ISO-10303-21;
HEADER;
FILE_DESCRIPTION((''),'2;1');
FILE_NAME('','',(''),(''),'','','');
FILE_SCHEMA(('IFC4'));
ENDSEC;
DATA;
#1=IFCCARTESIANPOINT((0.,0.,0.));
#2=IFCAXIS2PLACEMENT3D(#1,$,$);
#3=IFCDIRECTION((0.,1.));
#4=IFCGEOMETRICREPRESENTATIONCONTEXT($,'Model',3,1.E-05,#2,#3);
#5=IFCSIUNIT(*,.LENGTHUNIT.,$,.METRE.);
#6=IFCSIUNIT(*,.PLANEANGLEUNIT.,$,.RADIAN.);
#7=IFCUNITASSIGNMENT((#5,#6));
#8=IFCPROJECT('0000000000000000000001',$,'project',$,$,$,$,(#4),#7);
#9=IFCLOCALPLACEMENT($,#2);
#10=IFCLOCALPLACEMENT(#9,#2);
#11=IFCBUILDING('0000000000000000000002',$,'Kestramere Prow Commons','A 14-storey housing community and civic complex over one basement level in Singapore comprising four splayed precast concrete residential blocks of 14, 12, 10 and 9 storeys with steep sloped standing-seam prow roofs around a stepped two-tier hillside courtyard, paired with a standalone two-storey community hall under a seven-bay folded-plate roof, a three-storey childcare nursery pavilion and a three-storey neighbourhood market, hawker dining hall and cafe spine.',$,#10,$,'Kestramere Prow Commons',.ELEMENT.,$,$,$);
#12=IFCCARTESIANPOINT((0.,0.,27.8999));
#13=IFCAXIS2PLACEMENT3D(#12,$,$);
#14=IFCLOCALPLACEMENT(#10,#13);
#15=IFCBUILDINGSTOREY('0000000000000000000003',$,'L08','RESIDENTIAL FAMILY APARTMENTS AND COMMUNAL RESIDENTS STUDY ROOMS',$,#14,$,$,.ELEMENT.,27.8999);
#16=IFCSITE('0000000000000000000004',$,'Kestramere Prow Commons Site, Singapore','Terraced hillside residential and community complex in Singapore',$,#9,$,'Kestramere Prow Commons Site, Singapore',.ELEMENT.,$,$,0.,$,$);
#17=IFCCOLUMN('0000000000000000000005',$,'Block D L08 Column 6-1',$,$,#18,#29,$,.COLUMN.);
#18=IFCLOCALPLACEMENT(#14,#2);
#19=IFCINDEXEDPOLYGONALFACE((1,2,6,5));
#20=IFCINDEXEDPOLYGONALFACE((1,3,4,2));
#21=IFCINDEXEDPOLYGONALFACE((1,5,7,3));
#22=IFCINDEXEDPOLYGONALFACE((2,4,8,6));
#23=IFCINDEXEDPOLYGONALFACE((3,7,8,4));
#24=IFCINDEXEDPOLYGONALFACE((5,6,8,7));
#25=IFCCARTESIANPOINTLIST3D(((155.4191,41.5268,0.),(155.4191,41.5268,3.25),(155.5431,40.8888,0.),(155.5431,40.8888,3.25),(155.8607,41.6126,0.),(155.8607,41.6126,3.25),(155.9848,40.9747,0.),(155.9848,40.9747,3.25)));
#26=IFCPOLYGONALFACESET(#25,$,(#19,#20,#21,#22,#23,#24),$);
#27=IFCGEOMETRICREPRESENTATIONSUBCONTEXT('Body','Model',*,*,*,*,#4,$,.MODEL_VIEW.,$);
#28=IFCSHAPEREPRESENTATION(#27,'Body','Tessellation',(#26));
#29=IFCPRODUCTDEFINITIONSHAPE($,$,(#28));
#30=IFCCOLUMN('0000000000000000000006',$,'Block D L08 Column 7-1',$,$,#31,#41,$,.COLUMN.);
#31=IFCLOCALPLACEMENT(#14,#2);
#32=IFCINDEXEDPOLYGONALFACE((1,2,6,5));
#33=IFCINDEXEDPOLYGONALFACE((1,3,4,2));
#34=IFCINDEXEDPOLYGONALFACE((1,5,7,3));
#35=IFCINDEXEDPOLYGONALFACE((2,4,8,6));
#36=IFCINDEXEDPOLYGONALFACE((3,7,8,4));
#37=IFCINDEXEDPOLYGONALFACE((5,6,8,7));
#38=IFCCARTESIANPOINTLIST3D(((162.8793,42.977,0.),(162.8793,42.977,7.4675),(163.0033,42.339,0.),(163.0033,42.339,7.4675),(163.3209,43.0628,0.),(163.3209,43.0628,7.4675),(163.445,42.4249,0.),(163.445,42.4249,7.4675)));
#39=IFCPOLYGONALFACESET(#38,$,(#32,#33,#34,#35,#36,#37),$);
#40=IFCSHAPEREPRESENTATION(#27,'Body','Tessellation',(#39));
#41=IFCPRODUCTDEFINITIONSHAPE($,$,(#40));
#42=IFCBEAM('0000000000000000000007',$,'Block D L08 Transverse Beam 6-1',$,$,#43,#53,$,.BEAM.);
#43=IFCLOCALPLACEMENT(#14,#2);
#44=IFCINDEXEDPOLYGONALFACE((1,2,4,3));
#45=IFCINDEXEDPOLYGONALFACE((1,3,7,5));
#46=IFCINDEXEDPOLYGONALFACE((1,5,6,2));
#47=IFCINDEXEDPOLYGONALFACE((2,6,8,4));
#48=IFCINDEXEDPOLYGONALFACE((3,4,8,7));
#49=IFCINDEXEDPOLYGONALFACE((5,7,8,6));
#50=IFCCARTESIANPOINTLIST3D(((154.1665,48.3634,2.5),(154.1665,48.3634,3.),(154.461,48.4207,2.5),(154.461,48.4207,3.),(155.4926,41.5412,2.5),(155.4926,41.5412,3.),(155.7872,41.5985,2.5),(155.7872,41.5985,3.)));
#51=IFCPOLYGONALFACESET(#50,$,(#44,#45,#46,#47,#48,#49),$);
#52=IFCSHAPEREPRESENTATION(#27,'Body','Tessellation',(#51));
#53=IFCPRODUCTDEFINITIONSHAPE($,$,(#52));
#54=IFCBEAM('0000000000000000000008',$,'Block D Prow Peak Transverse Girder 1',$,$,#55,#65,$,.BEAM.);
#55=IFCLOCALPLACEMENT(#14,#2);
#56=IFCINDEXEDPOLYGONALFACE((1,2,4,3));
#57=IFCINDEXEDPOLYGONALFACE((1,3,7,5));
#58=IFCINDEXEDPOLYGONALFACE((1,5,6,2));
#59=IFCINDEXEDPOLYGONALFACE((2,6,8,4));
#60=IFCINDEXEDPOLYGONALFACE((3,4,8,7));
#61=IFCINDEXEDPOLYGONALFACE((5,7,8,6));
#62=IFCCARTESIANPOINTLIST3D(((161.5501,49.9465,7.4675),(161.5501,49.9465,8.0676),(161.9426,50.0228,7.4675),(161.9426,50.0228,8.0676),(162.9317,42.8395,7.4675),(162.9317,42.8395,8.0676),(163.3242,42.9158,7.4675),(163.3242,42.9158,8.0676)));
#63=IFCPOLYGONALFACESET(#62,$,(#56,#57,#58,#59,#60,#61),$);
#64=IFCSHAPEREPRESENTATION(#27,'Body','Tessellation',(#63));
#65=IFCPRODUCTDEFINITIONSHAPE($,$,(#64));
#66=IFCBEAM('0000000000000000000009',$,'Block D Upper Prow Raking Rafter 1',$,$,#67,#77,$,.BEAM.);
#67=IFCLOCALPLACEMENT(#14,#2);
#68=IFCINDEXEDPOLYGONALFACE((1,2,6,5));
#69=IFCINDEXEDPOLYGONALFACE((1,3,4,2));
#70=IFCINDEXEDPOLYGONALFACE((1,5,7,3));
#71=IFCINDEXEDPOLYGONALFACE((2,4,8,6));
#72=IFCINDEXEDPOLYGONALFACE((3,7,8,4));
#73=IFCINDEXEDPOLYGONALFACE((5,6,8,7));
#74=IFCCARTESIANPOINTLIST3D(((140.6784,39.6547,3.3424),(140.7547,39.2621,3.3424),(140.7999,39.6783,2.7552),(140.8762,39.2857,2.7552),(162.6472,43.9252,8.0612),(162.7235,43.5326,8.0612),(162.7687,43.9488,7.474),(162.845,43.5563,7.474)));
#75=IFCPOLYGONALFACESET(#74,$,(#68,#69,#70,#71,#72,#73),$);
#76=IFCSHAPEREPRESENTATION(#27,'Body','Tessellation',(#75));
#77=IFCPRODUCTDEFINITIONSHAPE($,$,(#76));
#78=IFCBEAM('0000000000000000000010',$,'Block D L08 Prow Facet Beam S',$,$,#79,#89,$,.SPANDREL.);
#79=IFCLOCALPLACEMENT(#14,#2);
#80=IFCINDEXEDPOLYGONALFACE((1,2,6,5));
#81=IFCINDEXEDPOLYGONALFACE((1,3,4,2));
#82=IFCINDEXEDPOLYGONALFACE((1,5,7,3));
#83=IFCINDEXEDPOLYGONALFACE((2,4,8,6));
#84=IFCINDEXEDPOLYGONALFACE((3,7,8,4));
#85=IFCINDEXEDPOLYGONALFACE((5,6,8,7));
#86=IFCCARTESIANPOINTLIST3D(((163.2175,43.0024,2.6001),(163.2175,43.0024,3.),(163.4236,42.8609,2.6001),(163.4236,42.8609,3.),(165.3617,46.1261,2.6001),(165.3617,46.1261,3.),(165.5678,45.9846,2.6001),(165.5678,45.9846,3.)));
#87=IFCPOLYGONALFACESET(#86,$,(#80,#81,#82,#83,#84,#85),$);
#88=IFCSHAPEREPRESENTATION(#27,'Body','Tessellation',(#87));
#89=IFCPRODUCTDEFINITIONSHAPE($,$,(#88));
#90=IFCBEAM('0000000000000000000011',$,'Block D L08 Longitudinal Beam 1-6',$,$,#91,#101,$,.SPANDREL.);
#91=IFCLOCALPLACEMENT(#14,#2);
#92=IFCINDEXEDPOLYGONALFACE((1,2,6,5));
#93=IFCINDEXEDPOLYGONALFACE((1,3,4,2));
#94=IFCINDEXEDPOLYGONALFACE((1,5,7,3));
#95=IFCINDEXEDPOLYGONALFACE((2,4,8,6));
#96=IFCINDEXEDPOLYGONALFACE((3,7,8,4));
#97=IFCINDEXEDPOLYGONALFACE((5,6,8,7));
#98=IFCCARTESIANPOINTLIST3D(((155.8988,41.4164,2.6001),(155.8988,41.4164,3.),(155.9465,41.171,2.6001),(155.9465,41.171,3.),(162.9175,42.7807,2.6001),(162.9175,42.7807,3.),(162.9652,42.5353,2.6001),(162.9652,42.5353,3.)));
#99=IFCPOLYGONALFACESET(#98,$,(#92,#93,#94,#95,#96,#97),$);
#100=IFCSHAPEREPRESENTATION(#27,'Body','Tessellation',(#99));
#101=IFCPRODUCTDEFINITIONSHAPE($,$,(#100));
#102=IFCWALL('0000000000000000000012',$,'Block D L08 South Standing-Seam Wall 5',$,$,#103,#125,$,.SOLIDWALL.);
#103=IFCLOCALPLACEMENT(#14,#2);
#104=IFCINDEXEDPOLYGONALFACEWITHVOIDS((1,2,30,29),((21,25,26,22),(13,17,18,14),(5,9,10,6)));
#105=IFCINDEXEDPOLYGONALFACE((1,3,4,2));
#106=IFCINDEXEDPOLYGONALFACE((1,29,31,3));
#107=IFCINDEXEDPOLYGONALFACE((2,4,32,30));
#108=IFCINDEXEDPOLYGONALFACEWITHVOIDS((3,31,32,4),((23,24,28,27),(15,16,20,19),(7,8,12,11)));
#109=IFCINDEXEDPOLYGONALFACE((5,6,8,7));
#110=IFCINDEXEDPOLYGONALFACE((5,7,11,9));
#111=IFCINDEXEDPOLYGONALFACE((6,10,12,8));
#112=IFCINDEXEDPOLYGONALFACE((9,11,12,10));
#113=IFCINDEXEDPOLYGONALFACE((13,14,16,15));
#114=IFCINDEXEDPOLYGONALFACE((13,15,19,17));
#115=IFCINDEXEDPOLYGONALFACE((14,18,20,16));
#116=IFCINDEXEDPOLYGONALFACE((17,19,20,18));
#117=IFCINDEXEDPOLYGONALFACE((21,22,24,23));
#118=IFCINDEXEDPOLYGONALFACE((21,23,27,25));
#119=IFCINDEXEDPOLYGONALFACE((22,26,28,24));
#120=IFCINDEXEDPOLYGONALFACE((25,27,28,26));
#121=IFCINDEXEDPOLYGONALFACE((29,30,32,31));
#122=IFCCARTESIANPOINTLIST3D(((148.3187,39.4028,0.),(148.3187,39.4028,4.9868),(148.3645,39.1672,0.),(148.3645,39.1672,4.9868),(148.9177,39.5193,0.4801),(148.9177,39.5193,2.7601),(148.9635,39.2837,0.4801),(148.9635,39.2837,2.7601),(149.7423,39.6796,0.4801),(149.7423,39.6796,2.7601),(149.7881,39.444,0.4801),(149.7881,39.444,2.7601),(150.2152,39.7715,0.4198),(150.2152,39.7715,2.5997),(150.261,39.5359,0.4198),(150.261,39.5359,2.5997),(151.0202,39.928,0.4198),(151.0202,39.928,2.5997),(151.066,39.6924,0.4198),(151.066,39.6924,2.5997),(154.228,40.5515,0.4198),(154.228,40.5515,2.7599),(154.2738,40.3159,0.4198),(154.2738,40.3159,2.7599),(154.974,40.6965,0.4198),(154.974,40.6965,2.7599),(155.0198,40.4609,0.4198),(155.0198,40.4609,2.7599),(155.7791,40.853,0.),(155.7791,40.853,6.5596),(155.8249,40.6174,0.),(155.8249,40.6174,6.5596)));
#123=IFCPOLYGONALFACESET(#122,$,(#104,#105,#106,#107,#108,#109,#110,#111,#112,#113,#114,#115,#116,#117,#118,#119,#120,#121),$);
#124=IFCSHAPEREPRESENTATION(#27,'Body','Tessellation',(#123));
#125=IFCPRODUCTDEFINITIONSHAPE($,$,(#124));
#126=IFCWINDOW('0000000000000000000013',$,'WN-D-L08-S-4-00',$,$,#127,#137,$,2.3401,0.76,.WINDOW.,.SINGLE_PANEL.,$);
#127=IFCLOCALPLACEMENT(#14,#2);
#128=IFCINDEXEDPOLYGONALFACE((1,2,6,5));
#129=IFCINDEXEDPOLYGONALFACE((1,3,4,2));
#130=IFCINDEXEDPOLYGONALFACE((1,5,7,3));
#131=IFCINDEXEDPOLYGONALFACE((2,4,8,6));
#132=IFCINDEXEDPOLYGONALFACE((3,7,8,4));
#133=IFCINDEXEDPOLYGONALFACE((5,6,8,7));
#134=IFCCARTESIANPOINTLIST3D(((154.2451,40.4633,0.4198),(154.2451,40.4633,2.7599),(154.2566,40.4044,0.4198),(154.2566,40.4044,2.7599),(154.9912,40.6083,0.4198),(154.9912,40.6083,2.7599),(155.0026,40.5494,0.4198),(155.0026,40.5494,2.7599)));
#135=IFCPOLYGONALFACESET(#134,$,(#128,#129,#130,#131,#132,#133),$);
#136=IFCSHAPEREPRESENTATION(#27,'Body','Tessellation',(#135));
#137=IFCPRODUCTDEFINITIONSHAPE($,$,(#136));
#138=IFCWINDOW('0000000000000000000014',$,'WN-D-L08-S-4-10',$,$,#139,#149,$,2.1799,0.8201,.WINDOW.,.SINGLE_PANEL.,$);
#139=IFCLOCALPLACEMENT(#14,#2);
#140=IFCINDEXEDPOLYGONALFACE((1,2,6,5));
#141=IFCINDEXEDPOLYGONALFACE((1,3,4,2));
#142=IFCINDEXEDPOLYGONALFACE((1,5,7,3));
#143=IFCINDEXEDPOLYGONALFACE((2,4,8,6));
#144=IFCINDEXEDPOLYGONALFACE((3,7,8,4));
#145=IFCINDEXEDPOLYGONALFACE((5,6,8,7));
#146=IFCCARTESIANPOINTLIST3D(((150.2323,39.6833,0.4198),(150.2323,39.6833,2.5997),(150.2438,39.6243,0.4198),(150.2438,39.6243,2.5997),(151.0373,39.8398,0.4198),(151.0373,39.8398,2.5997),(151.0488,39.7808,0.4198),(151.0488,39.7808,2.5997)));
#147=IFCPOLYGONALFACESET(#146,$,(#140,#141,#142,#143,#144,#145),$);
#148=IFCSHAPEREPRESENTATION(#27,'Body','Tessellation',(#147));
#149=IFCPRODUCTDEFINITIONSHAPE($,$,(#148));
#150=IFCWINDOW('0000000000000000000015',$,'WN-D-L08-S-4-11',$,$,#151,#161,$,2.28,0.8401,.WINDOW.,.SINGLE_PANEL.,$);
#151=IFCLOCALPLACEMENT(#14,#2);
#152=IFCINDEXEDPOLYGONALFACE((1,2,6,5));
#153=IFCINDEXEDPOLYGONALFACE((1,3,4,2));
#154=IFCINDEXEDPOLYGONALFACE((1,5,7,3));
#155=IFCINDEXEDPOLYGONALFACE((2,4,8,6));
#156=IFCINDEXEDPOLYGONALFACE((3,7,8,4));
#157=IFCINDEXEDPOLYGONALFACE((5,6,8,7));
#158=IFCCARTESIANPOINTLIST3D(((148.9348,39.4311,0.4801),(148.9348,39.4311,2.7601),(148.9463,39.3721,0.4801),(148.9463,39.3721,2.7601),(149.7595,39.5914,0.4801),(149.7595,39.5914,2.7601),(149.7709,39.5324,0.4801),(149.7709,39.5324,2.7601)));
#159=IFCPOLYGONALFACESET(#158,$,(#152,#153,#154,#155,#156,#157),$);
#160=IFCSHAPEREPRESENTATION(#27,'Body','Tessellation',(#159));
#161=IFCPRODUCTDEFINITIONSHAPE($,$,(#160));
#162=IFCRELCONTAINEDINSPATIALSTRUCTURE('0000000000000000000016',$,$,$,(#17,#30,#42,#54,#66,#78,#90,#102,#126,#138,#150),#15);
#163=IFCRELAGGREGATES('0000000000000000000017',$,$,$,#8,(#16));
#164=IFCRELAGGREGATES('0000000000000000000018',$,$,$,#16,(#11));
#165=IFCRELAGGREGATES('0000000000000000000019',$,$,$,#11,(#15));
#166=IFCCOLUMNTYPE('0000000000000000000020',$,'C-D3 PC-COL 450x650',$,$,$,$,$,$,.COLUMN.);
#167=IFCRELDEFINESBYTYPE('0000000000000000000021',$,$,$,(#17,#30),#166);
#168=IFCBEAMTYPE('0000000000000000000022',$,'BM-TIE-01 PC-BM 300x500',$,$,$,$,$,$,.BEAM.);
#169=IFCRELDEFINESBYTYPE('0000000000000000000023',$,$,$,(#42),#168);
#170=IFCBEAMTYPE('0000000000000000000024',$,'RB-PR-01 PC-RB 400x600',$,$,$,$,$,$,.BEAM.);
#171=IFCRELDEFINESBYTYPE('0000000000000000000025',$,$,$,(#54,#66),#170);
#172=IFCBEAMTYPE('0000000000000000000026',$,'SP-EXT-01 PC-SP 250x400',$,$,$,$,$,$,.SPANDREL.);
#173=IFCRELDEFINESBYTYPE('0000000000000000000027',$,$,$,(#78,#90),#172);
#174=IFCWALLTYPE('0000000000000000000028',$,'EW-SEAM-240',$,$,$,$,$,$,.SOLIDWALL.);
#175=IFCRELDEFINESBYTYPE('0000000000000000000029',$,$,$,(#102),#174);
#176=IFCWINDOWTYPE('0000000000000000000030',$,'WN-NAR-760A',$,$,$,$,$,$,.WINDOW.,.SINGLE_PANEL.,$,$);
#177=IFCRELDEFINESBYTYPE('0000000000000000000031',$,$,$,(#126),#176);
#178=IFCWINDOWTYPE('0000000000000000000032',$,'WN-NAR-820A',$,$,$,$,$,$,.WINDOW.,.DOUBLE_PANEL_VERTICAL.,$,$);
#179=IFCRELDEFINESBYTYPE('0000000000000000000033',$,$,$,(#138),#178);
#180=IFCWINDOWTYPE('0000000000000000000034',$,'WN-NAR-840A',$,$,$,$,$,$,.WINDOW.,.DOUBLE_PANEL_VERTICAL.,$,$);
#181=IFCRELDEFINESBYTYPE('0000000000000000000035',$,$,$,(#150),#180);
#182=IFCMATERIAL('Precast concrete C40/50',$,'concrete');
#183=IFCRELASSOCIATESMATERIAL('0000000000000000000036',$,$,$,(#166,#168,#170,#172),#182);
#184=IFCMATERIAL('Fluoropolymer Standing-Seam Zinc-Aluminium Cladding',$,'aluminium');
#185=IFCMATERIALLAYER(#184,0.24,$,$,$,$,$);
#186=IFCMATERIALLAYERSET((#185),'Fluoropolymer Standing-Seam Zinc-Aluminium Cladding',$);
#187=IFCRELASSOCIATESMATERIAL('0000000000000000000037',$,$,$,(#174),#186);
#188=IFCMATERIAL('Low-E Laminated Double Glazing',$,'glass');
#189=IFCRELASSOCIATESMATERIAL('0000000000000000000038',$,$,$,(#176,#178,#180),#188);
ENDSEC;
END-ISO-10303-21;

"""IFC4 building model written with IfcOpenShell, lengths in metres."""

from ifc_helpers import new_model, si_unit, direction, frame, frame_2d, origin, origin_2d, place, context, subcontext, project, spatial, polyline, rectangle, outline, extrude, material, layer, layer_set, material_profile, profile_set, type_object, element, fill, save


model = new_model("IFC4")

# Units and contexts
model_context = context("Model", 3, precision=1e-05, world=origin(), true_north=direction((0.0, 1.0)))
body_context = subcontext(model_context, "Body", "Model", "MODEL_VIEW")
ifc_project = project(units=[si_unit("LENGTHUNIT", "METRE"), si_unit("PLANEANGLEUNIT", "RADIAN")], contexts=[model_context])

# Site, building, storey
site_placement = place(None, origin())
site = spatial("IfcSite", under=ifc_project, at=site_placement, Name="Kestramere Prow Commons Site, Singapore", Description="Terraced hillside residential and community complex in Singapore", LongName="Kestramere Prow Commons Site, Singapore", CompositionType="ELEMENT", RefElevation=0.0)
building_placement = place(site_placement, origin())
building = spatial("IfcBuilding", under=site, at=building_placement, Name="Kestramere Prow Commons", Description="A 14-storey housing community and civic complex over one basement level in Singapore comprising four splayed precast concrete residential blocks of 14, 12, 10 and 9 storeys with steep sloped standing-seam prow roofs around a stepped two-tier hillside courtyard, paired with a standalone two-storey community hall under a seven-bay folded-plate roof, a three-storey childcare nursery pavilion and a three-storey neighbourhood market, hawker dining hall and cafe spine.", LongName="Kestramere Prow Commons", CompositionType="ELEMENT")
storey_placement = place(building_placement, frame((0.0, 0.0, 27.8999)))
storey = spatial("IfcBuildingStorey", under=building, at=storey_placement, Name="L08", Description="RESIDENTIAL FAMILY APARTMENTS AND COMMUNAL RESIDENTS STUDY ROOMS", CompositionType="ELEMENT", Elevation=27.8999)

# Columns
ifc_material_1 = material(Name="Precast concrete C40/50", Category="concrete")
ifc_material_profile_1 = material_profile(ifc_material_1, rectangle(XDim=0.45, YDim=0.6499, at=origin_2d()), Name="PC-COL 450x650")
ifc_profile_set_1 = profile_set([ifc_material_profile_1], Name="Precast concrete C40/50")
column_type = type_object("IfcColumnType", Name="C-D3 PC-COL 450x650", PredefinedType="COLUMN", material=ifc_profile_set_1)
column_1_placement = place(storey_placement, frame((155.7019, 41.2507, 0.0), z_axis=(0.0, 0.0, 1.0), x_axis=(0.981627, 0.190809, 0.0)))
element("IfcColumn", 1, at=column_1_placement, inside=storey, type_object=column_type, Name="Block D L08 Column 6-1", PredefinedType="COLUMN", context=body_context, shape_type="SweptSolid", body=[
    extrude(rectangle(XDim=0.45, YDim=0.6499, at=origin_2d()), origin(), (0.0, 0.0, 1.0), 3.25),
])
column_2_placement = place(storey_placement, frame((163.1621, 42.7009, 0.0), z_axis=(0.0, 0.0, 1.0), x_axis=(0.981627, 0.190809, 0.0)))
element("IfcColumn", 2, at=column_2_placement, inside=storey, type_object=column_type, Name="Block D L08 Column 7-1", PredefinedType="COLUMN", context=body_context, shape_type="SweptSolid", body=[
    extrude(rectangle(XDim=0.45, YDim=0.6499, at=origin_2d()), origin(), (0.0, 0.0, 1.0), 7.4675),
])

# Beams
ifc_material_profile_2 = material_profile(ifc_material_1, rectangle(XDim=0.3, YDim=0.5, at=origin_2d()), Name="PC-BM 300x500")
ifc_profile_set_2 = profile_set([ifc_material_profile_2], Name="Precast concrete C40/50")
beam_type_1 = type_object("IfcBeamType", Name="BM-TIE-01 PC-BM 300x500", PredefinedType="BEAM", material=ifc_profile_set_2)
beam_1_placement = place(storey_placement, frame((155.6399, 41.5698, 2.75), z_axis=(-0.190817, 0.981626, 0.0), x_axis=(-0.981626, -0.190817, 0.0)))
element("IfcBeam", 3, at=beam_1_placement, inside=storey, type_object=beam_type_1, Name="Block D L08 Transverse Beam 6-1", PredefinedType="BEAM", context=body_context, shape_type="SweptSolid", body=[
    extrude(rectangle(XDim=0.3, YDim=0.5, at=origin_2d()), origin(), (0.0, 0.0, 1.0), 6.95),
])
ifc_material_profile_3 = material_profile(ifc_material_1, rectangle(XDim=0.3999, YDim=0.6001, at=origin_2d()), Name="PC-RB 400x600")
ifc_profile_set_3 = profile_set([ifc_material_profile_3], Name="Precast concrete C40/50")
beam_type_2 = type_object("IfcBeamType", Name="RB-PR-01 PC-RB 400x600", PredefinedType="BEAM", material=ifc_profile_set_3)
beam_2_placement = place(storey_placement, frame((163.1279, 42.8777, 7.7676), z_axis=(-0.190828, 0.981623, 0.0), x_axis=(-0.981623, -0.190828, 0.0)))
element("IfcBeam", 4, at=beam_2_placement, inside=storey, type_object=beam_type_2, Name="Block D Prow Peak Transverse Girder 1", PredefinedType="BEAM", context=body_context, shape_type="SweptSolid", body=[
    extrude(rectangle(XDim=0.3999, YDim=0.6001, at=origin_2d()), origin(), (0.0, 0.0, 1.0), 7.24),
])
beam_3_placement = place(storey_placement, frame((162.7461, 43.7407, 7.7676), z_axis=(-0.960507, -0.186713, -0.206311), x_axis=(0.190818, -0.981625, 0.0)))
element("IfcBeam", 5, at=beam_3_placement, inside=storey, type_object=beam_type_2, Name="Block D Upper Prow Raking Rafter 1", PredefinedType="BEAM", context=body_context, shape_type="SweptSolid", body=[
    extrude(rectangle(XDim=0.3999, YDim=0.6001, at=origin_2d()), origin(), (0.0, 0.0, 1.0), 22.8721),
])
ifc_material_profile_4 = material_profile(ifc_material_1, rectangle(XDim=0.25, YDim=0.3999, at=origin_2d()), Name="PC-SP 250x400")
ifc_profile_set_4 = profile_set([ifc_material_profile_4], Name="Precast concrete C40/50")
beam_type_3 = type_object("IfcBeamType", Name="SP-EXT-01 PC-SP 250x400", PredefinedType="SPANDREL", material=ifc_profile_set_4)
beam_4_placement = place(storey_placement, frame((163.3206, 42.9316, 2.8), z_axis=(0.565935, 0.82445, 0.0), x_axis=(-0.82445, 0.565935, 0.0)))
element("IfcBeam", 6, at=beam_4_placement, inside=storey, type_object=beam_type_3, Name="Block D L08 Prow Facet Beam S", PredefinedType="SPANDREL", context=body_context, shape_type="SweptSolid", body=[
    extrude(rectangle(XDim=0.25, YDim=0.3999, at=origin_2d()), origin(), (0.0, 0.0, 1.0), 3.7888),
])
beam_5_placement = place(storey_placement, frame((155.9226, 41.2937, 2.8), z_axis=(0.981629, 0.190801, 0.0), x_axis=(-0.190801, 0.981629, 0.0)))
element("IfcBeam", 7, at=beam_5_placement, inside=storey, type_object=beam_type_3, Name="Block D L08 Longitudinal Beam 1-6", PredefinedType="SPANDREL", context=body_context, shape_type="SweptSolid", body=[
    extrude(rectangle(XDim=0.25, YDim=0.3999, at=origin_2d()), origin(), (0.0, 0.0, 1.0), 7.1501),
])

# Wall, openings, windows
ifc_material_2 = material(Name="Fluoropolymer Standing-Seam Zinc-Aluminium Cladding", Category="aluminium")
ifc_layer_1 = layer(ifc_material_2, 0.24)
ifc_layer_set_1 = layer_set([ifc_layer_1], Name="Fluoropolymer Standing-Seam Zinc-Aluminium Cladding")
wall_type_1 = type_object("IfcWallType", Name="EW-SEAM-240", PredefinedType="SOLIDWALL", material=ifc_layer_set_1)
wall_1_placement = place(storey_placement, frame((155.802, 40.7354, 0.0), z_axis=(0.0, 0.0, 1.0), x_axis=(-0.981626, -0.190813, 0.0)))
wall_1 = element("IfcWall", 8, at=wall_1_placement, inside=storey, type_object=wall_type_1, Name="Block D L08 South Standing-Seam Wall 5", PredefinedType="SOLIDWALL", context=body_context, shape_type="SweptSolid", body=[
    extrude(outline(polyline([(0.0, 0.0), (7.6001, 0.0), (7.6001, 4.9868), (0.0, 6.5596), (0.0, 0.0)])), frame((0.0, 0.1201, 0.0), z_axis=(0.0, -1.0, 0.0), x_axis=(1.0, 0.0, 0.0)), (0.0, 0.0, 1.0), 0.24),
])
opening_1_placement = place(wall_1_placement, frame((0.8203, 0.0, 0.4199)))
opening_1 = element("IfcOpeningElement", 9, at=opening_1_placement, cuts=wall_1, PredefinedType="OPENING", context=body_context, shape_type="SweptSolid", body=[
    extrude(rectangle(XDim=0.76, YDim=2.3401, at=frame_2d((0.3799, 1.1699))), frame((0.0, 0.135, 0.0), z_axis=(0.0, -1.0, 0.0), x_axis=(1.0, 0.0, 0.0)), (0.0, 0.0, 1.0), 0.27),
])
opening_2_placement = place(wall_1_placement, frame((4.8479, 0.0, 0.4199)))
opening_2 = element("IfcOpeningElement", 10, at=opening_2_placement, cuts=wall_1, PredefinedType="OPENING", context=body_context, shape_type="SweptSolid", body=[
    extrude(rectangle(XDim=0.8201, YDim=2.1799, at=frame_2d((0.4102, 1.0898))), frame((0.0, 0.135, 0.0), z_axis=(0.0, -1.0, 0.0), x_axis=(1.0, 0.0, 0.0)), (0.0, 0.0, 1.0), 0.27),
])
opening_3_placement = place(wall_1_placement, frame((6.1499, 0.0, 0.48)))
opening_3 = element("IfcOpeningElement", 11, at=opening_3_placement, cuts=wall_1, PredefinedType="OPENING", context=body_context, shape_type="SweptSolid", body=[
    extrude(rectangle(XDim=0.8401, YDim=2.28, at=frame_2d((0.4199, 1.1401))), frame((0.0, 0.135, 0.0), z_axis=(0.0, -1.0, 0.0), x_axis=(1.0, 0.0, 0.0)), (0.0, 0.0, 1.0), 0.27),
])
ifc_material_3 = material(Name="Low-E Laminated Double Glazing", Category="glass")
window_type_1 = type_object("IfcWindowType", Name="WN-NAR-760A", PartitioningType="SINGLE_PANEL", PredefinedType="WINDOW", material=ifc_material_3)
window_1_placement = place(opening_1_placement, origin())
window_1 = element("IfcWindow", 12, at=window_1_placement, inside=storey, type_object=window_type_1, Name="WN-D-L08-S-4-00", OverallHeight=2.3401, OverallWidth=0.76, PartitioningType="SINGLE_PANEL", PredefinedType="WINDOW", context=body_context, shape_type="SweptSolid", body=[
    extrude(rectangle(XDim=0.76, YDim=2.3401, at=frame_2d((0.3799, 1.1699))), frame((0.0, 0.03, 0.0), z_axis=(0.0, -1.0, 0.0), x_axis=(1.0, 0.0, 0.0)), (0.0, 0.0, 1.0), 0.0601),
])
fill(opening_1, window_1)
window_type_2 = type_object("IfcWindowType", Name="WN-NAR-820A", PartitioningType="DOUBLE_PANEL_VERTICAL", PredefinedType="WINDOW", material=ifc_material_3)
window_2_placement = place(opening_2_placement, origin())
window_2 = element("IfcWindow", 13, at=window_2_placement, inside=storey, type_object=window_type_2, Name="WN-D-L08-S-4-10", OverallHeight=2.1799, OverallWidth=0.8201, PartitioningType="SINGLE_PANEL", PredefinedType="WINDOW", context=body_context, shape_type="SweptSolid", body=[
    extrude(rectangle(XDim=0.8201, YDim=2.1799, at=frame_2d((0.4102, 1.0898))), frame((0.0, 0.03, 0.0), z_axis=(0.0, -1.0, 0.0), x_axis=(1.0, 0.0, 0.0)), (0.0, 0.0, 1.0), 0.0601),
])
fill(opening_2, window_2)
window_type_3 = type_object("IfcWindowType", Name="WN-NAR-840A", PartitioningType="DOUBLE_PANEL_VERTICAL", PredefinedType="WINDOW", material=ifc_material_3)
window_3_placement = place(opening_3_placement, origin())
window_3 = element("IfcWindow", 14, at=window_3_placement, inside=storey, type_object=window_type_3, Name="WN-D-L08-S-4-11", OverallHeight=2.28, OverallWidth=0.8401, PartitioningType="SINGLE_PANEL", PredefinedType="WINDOW", context=body_context, shape_type="SweptSolid", body=[
    extrude(rectangle(XDim=0.8401, YDim=2.28, at=frame_2d((0.4199, 1.1401))), frame((0.0, 0.03, 0.0), z_axis=(0.0, -1.0, 0.0), x_axis=(1.0, 0.0, 0.0)), (0.0, 0.0, 1.0), 0.0601),
])
fill(opening_3, window_3)

save(model, "model.ifc")
